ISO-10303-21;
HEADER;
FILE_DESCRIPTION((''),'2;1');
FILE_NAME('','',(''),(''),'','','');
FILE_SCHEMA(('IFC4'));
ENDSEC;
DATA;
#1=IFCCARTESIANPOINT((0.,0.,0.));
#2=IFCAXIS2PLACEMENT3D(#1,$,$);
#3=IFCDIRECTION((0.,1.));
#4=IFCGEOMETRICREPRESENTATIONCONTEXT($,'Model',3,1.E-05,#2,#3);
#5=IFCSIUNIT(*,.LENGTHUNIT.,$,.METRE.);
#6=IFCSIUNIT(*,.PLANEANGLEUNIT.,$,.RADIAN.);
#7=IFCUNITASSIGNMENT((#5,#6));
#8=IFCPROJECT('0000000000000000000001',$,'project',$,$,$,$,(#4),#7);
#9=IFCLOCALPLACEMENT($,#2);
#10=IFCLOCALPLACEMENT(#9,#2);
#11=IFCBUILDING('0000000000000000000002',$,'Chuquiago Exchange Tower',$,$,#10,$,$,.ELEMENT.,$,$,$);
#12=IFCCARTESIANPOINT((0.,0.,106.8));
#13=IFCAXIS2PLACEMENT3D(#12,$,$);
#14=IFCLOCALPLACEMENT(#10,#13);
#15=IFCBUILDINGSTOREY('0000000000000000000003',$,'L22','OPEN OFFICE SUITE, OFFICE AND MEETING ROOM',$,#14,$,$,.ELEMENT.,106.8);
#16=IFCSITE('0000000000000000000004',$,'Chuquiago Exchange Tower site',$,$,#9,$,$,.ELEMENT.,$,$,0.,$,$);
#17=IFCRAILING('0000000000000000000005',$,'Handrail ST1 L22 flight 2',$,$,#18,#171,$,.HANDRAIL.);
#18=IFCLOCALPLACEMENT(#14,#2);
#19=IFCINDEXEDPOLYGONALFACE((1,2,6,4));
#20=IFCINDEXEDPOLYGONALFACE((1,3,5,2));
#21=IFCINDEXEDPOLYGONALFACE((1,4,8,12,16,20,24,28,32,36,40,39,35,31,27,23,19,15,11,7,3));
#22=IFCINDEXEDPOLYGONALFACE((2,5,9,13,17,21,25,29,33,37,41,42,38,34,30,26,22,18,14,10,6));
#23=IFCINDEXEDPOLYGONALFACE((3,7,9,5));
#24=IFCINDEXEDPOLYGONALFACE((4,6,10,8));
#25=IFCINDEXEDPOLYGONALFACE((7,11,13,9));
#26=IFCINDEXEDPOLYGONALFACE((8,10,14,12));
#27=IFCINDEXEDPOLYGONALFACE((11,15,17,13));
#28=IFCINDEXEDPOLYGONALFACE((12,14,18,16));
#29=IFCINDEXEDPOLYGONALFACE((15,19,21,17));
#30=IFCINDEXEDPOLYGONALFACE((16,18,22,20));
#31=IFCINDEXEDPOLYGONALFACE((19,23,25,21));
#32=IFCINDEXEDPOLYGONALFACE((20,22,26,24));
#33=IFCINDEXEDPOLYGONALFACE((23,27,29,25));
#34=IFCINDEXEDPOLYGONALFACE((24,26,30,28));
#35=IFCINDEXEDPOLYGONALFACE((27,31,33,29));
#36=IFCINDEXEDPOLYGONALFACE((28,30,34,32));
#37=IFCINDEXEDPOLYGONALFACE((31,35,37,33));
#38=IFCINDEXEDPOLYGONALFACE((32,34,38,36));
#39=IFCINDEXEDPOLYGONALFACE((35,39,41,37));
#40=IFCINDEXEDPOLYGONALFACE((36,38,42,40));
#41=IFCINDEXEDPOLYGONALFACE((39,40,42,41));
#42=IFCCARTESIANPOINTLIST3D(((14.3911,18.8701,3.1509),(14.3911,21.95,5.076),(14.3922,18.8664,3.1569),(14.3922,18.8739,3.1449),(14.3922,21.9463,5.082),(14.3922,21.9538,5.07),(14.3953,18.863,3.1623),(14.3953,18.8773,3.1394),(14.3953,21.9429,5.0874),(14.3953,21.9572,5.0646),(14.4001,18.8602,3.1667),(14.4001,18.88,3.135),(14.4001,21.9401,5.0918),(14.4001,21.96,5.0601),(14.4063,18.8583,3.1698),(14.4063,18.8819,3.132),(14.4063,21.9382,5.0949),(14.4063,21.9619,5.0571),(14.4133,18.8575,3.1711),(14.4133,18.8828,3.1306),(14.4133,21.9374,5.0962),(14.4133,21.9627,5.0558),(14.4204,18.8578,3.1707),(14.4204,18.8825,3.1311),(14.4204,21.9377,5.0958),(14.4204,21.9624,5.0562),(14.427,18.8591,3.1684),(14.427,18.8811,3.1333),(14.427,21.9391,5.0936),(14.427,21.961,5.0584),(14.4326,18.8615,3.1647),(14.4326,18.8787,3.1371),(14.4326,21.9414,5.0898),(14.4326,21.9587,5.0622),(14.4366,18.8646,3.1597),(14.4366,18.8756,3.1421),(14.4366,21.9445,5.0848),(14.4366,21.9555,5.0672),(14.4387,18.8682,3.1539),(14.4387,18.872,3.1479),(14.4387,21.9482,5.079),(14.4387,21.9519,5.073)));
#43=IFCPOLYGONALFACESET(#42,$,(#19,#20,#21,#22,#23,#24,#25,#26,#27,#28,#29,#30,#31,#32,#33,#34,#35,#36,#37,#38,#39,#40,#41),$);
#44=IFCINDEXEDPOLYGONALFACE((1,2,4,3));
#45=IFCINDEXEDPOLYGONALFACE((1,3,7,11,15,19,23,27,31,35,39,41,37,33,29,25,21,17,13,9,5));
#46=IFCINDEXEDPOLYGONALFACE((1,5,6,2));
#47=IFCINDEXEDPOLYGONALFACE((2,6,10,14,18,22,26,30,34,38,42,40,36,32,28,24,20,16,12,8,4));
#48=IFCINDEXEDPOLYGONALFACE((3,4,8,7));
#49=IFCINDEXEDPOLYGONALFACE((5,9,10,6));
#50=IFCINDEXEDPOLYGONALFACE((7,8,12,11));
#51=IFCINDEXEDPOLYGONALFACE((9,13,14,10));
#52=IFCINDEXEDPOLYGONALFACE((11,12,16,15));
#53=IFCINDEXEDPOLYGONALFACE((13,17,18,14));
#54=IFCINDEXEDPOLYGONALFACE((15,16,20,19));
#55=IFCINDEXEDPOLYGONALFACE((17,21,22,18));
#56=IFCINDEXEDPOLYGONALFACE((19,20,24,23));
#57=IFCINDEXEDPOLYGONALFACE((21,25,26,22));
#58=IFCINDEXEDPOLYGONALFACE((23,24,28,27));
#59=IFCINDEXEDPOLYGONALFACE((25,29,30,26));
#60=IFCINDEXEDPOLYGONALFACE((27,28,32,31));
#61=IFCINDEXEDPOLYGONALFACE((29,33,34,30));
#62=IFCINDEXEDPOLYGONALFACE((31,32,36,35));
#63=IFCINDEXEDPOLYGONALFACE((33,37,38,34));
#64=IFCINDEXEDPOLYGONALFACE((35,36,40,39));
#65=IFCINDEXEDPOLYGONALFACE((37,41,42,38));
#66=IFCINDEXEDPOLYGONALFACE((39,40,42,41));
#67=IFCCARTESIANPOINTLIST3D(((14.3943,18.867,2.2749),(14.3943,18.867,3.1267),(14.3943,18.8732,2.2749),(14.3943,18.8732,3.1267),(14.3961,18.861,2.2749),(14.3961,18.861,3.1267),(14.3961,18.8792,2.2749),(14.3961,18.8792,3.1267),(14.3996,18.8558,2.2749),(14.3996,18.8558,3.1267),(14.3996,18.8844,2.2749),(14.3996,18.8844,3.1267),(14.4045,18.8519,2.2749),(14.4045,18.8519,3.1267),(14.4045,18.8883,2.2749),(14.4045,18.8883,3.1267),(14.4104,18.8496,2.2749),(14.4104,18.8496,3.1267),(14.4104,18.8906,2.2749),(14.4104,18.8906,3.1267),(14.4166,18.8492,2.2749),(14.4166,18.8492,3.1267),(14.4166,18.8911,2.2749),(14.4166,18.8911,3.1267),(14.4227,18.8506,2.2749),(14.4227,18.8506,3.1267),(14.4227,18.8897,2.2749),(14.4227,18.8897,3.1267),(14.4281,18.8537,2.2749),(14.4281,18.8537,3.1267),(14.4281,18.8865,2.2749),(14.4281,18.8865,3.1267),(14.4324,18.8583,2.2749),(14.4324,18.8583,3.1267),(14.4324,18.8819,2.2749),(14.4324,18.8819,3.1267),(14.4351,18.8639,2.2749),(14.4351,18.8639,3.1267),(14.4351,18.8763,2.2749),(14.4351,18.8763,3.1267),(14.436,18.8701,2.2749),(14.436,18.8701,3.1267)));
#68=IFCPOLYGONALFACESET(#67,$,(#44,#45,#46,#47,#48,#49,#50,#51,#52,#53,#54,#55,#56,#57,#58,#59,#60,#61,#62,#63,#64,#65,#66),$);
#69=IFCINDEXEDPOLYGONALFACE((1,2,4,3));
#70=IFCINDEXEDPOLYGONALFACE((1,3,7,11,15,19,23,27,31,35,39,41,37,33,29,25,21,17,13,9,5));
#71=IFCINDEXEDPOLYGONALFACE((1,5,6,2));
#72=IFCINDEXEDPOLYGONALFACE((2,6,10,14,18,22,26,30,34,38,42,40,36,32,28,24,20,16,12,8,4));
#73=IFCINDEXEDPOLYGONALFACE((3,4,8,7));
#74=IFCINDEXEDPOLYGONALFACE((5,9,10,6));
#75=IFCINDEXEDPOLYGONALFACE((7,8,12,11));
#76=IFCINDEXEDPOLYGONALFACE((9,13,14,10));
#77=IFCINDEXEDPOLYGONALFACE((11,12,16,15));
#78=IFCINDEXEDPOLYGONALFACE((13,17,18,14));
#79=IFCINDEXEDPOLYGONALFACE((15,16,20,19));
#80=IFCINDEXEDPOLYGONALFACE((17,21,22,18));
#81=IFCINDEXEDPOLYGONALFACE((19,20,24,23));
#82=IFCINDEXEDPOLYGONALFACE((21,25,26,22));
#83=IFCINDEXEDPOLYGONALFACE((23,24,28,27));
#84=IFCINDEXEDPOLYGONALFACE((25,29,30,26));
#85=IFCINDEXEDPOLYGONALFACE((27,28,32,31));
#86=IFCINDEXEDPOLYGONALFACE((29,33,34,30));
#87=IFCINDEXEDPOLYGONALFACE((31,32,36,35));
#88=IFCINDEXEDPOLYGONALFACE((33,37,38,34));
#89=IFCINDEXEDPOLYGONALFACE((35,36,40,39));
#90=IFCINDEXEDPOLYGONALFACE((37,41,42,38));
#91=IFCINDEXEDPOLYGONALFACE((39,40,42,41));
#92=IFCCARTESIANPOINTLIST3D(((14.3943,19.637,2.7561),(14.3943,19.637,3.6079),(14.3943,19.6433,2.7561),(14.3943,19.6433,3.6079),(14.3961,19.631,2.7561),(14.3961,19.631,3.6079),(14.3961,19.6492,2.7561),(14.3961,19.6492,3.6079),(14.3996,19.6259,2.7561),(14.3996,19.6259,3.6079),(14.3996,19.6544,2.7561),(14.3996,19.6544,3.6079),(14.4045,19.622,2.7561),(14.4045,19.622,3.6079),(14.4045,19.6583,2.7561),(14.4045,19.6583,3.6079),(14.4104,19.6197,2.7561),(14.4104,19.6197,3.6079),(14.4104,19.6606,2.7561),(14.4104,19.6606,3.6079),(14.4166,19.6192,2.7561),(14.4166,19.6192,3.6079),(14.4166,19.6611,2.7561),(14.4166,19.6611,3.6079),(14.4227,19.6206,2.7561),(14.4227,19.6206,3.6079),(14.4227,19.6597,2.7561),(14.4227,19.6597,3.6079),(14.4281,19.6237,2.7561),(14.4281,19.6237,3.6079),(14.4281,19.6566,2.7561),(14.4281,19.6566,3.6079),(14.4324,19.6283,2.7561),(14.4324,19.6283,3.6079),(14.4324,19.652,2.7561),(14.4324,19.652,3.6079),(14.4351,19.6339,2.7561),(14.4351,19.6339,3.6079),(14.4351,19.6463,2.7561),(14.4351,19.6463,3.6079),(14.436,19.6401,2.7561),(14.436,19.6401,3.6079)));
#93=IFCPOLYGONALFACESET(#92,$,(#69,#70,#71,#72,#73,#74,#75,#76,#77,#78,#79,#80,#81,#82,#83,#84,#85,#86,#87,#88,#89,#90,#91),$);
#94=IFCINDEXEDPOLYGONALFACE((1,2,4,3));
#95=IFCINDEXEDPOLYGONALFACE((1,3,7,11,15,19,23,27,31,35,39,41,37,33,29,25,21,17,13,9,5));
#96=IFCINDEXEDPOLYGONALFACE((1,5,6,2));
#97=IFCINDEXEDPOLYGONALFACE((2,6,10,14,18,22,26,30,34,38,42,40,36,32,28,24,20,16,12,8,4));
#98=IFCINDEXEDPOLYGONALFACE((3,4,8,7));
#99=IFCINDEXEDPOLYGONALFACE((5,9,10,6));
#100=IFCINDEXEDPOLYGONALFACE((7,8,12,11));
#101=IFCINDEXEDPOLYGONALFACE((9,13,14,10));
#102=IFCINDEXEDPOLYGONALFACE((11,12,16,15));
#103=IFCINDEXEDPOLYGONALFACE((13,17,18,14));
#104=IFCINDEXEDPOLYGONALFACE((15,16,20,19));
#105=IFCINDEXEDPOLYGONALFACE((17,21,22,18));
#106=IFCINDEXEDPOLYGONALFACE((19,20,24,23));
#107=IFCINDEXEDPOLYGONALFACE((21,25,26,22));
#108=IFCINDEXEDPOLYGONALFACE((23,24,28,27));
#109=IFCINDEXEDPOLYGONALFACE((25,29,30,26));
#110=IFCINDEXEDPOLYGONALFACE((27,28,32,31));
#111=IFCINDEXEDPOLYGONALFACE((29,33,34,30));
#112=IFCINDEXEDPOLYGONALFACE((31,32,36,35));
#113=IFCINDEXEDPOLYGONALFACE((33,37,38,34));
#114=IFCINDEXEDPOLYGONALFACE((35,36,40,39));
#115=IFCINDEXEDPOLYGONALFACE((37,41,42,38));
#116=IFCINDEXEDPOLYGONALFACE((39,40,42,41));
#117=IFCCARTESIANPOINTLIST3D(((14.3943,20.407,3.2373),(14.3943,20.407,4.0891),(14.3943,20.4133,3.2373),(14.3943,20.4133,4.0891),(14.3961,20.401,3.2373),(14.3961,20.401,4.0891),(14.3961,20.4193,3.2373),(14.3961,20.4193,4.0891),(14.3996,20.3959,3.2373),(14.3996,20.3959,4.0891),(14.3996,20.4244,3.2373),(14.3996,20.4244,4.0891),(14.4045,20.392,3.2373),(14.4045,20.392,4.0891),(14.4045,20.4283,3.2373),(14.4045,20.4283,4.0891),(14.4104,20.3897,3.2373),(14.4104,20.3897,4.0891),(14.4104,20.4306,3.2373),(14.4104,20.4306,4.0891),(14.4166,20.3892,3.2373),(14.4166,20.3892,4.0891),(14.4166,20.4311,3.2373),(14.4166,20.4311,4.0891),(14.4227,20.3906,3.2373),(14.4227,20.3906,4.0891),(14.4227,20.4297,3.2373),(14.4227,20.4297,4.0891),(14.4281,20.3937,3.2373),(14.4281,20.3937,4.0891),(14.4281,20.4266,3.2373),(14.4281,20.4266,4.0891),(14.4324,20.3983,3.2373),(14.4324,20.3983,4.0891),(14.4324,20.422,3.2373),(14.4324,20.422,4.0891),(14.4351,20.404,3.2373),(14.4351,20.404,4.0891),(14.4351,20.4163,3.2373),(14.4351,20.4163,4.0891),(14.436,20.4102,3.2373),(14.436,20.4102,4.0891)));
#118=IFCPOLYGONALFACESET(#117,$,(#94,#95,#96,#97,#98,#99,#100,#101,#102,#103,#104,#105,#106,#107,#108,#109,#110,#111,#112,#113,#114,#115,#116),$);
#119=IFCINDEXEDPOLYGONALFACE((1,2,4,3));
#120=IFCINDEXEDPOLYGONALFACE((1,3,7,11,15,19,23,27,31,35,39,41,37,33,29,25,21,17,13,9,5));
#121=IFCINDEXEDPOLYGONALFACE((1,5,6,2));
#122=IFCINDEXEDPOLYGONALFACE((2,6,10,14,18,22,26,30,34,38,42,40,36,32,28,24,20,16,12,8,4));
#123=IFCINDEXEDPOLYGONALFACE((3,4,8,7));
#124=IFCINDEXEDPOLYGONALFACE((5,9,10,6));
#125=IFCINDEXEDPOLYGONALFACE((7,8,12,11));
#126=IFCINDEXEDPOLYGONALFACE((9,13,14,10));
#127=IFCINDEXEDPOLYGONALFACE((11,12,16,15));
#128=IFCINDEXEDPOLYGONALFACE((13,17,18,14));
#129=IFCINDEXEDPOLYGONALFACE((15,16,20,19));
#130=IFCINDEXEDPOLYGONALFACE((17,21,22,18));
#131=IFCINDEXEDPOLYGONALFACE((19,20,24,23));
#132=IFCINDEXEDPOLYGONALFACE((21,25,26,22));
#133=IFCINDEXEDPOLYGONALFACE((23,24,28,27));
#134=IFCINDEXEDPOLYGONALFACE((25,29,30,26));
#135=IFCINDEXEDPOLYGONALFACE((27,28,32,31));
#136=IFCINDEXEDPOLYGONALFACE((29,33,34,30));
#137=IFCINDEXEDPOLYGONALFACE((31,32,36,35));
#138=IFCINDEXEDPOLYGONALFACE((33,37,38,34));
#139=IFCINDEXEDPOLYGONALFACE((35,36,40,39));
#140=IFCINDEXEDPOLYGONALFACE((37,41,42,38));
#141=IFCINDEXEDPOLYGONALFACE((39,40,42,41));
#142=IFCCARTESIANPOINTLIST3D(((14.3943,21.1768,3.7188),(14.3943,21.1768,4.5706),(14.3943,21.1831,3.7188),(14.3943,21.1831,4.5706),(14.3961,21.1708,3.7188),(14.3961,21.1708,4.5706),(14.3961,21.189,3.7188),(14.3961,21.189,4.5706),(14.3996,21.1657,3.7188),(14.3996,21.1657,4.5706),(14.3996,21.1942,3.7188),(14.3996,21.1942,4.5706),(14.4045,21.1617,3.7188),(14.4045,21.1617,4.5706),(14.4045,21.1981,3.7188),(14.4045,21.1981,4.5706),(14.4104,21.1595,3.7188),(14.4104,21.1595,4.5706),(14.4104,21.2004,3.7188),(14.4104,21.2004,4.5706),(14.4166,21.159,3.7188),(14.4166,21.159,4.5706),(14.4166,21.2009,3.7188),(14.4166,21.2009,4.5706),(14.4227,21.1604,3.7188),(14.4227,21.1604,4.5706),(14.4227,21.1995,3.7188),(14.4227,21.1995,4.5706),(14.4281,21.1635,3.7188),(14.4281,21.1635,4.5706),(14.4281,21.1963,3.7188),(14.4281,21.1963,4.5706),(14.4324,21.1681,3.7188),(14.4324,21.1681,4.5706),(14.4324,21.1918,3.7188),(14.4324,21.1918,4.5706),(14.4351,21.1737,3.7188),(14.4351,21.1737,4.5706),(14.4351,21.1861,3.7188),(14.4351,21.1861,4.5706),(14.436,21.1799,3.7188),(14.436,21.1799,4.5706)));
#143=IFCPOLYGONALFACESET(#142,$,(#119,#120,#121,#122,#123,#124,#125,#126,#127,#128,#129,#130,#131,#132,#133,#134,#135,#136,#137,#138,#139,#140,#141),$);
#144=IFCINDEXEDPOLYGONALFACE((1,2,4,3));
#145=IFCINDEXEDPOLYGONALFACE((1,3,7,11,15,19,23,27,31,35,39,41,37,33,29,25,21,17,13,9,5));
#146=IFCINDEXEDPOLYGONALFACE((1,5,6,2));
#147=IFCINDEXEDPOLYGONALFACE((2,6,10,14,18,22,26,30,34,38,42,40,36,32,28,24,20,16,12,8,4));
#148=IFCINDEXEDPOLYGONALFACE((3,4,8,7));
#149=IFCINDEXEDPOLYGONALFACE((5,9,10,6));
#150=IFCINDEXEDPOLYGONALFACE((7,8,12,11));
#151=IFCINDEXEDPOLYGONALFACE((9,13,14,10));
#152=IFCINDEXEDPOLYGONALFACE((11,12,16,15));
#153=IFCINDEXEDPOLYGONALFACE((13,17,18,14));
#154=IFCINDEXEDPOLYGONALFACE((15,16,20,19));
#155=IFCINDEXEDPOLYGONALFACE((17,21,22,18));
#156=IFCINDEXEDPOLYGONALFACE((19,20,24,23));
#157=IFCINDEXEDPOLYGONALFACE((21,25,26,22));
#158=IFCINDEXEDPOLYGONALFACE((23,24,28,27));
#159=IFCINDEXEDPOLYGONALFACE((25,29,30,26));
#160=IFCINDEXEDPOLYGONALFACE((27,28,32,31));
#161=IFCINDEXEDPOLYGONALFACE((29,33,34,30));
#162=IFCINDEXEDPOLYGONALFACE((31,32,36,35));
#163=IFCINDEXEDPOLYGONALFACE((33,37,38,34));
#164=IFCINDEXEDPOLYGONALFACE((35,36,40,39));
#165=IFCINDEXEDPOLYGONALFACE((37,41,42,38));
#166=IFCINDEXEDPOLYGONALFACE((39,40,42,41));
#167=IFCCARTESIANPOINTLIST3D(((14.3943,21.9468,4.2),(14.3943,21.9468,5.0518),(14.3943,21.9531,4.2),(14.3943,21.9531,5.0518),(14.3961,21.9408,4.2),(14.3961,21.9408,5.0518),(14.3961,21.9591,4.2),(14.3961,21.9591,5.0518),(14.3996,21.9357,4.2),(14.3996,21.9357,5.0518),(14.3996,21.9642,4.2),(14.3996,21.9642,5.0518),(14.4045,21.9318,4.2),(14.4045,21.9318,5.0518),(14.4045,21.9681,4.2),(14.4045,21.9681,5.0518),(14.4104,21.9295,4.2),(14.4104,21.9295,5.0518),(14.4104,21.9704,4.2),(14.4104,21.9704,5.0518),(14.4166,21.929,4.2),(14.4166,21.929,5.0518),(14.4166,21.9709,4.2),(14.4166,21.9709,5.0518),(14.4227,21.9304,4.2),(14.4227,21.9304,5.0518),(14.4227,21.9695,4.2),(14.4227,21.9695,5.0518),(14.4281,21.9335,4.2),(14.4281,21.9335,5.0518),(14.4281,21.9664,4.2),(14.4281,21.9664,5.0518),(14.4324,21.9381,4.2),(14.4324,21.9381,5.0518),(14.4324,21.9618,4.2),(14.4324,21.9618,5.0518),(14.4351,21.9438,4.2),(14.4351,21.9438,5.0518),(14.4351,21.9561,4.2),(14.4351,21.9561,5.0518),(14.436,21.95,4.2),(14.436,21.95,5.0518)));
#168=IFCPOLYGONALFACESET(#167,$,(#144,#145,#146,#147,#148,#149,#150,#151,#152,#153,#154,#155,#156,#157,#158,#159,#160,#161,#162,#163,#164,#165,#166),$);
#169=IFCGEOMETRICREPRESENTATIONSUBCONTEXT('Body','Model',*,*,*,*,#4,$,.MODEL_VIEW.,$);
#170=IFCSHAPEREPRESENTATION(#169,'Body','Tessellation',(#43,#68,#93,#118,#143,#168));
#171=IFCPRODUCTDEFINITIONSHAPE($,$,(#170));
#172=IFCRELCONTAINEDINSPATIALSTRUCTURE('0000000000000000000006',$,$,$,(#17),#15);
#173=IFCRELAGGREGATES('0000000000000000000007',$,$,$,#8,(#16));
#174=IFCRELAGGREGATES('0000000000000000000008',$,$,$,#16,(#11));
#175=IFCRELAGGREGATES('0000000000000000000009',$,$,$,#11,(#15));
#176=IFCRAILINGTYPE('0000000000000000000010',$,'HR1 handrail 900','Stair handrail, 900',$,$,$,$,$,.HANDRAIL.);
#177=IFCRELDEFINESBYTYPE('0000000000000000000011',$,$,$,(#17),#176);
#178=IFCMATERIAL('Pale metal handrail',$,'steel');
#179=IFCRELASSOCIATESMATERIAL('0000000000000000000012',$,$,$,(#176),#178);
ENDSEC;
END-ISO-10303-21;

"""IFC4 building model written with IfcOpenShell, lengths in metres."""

from ifc_helpers import new_model, si_unit, direction, frame, origin, origin_2d, place, context, subcontext, project, spatial, circle, extrude, material, type_object, element, save


model = new_model("IFC4")

# Units and contexts
model_context = context("Model", 3, precision=1e-05, world=origin(), true_north=direction((0.0, 1.0)))
body_context = subcontext(model_context, "Body", "Model", "MODEL_VIEW")
ifc_project = project(units=[si_unit("LENGTHUNIT", "METRE"), si_unit("PLANEANGLEUNIT", "RADIAN")], contexts=[model_context])

# Site, building, storey
site_placement = place(None, origin())
site = spatial("IfcSite", under=ifc_project, at=site_placement, Name="Chuquiago Exchange Tower site", CompositionType="ELEMENT", RefElevation=0.0)
building_placement = place(site_placement, origin())
building = spatial("IfcBuilding", under=site, at=building_placement, Name="Chuquiago Exchange Tower", CompositionType="ELEMENT")
storey_placement = place(building_placement, frame((0.0, 0.0, 106.8)))
storey = spatial("IfcBuildingStorey", under=building, at=storey_placement, Name="L22", Description="OPEN OFFICE SUITE, OFFICE AND MEETING ROOM", CompositionType="ELEMENT", Elevation=106.8)

# Railing
ifc_material_1 = material(Name="Pale metal handrail", Category="steel")
railing_type_1 = type_object("IfcRailingType", Name="HR1 handrail 900", Description="Stair handrail, 900", PredefinedType="HANDRAIL", material=ifc_material_1)
railing_1_placement = place(storey_placement, frame((14.415, 18.8701, 2.2749)))
element("IfcRailing", 1, at=railing_1_placement, inside=storey, type_object=railing_type_1, Name="Handrail ST1 L22 flight 2", PredefinedType="HANDRAIL", context=body_context, shape_type="SweptSolid", body=[
    extrude(circle(Radius=0.0239, at=origin_2d()), frame((0.0, 0.0, 0.876), z_axis=(0.0, 0.847979, 0.530029), x_axis=(-1.0, 0.0, 0.0)), (0.0, 0.0, 1.0), 3.6321),
    extrude(circle(Radius=0.021, at=origin_2d()), origin(), (0.0, 0.0, 1.0), 0.8518),
    extrude(circle(Radius=0.021, at=origin_2d()), frame((0.0, 0.77, 0.4812)), (0.0, 0.0, 1.0), 0.8518),
    extrude(circle(Radius=0.021, at=origin_2d()), frame((0.0, 1.54, 0.9624)), (0.0, 0.0, 1.0), 0.8518),
    extrude(circle(Radius=0.021, at=origin_2d()), frame((0.0, 2.3098, 1.4438)), (0.0, 0.0, 1.0), 0.8518),
    extrude(circle(Radius=0.021, at=origin_2d()), frame((0.0, 3.0798, 1.925)), (0.0, 0.0, 1.0), 0.8518),
])

save(model, "model.ifc")
